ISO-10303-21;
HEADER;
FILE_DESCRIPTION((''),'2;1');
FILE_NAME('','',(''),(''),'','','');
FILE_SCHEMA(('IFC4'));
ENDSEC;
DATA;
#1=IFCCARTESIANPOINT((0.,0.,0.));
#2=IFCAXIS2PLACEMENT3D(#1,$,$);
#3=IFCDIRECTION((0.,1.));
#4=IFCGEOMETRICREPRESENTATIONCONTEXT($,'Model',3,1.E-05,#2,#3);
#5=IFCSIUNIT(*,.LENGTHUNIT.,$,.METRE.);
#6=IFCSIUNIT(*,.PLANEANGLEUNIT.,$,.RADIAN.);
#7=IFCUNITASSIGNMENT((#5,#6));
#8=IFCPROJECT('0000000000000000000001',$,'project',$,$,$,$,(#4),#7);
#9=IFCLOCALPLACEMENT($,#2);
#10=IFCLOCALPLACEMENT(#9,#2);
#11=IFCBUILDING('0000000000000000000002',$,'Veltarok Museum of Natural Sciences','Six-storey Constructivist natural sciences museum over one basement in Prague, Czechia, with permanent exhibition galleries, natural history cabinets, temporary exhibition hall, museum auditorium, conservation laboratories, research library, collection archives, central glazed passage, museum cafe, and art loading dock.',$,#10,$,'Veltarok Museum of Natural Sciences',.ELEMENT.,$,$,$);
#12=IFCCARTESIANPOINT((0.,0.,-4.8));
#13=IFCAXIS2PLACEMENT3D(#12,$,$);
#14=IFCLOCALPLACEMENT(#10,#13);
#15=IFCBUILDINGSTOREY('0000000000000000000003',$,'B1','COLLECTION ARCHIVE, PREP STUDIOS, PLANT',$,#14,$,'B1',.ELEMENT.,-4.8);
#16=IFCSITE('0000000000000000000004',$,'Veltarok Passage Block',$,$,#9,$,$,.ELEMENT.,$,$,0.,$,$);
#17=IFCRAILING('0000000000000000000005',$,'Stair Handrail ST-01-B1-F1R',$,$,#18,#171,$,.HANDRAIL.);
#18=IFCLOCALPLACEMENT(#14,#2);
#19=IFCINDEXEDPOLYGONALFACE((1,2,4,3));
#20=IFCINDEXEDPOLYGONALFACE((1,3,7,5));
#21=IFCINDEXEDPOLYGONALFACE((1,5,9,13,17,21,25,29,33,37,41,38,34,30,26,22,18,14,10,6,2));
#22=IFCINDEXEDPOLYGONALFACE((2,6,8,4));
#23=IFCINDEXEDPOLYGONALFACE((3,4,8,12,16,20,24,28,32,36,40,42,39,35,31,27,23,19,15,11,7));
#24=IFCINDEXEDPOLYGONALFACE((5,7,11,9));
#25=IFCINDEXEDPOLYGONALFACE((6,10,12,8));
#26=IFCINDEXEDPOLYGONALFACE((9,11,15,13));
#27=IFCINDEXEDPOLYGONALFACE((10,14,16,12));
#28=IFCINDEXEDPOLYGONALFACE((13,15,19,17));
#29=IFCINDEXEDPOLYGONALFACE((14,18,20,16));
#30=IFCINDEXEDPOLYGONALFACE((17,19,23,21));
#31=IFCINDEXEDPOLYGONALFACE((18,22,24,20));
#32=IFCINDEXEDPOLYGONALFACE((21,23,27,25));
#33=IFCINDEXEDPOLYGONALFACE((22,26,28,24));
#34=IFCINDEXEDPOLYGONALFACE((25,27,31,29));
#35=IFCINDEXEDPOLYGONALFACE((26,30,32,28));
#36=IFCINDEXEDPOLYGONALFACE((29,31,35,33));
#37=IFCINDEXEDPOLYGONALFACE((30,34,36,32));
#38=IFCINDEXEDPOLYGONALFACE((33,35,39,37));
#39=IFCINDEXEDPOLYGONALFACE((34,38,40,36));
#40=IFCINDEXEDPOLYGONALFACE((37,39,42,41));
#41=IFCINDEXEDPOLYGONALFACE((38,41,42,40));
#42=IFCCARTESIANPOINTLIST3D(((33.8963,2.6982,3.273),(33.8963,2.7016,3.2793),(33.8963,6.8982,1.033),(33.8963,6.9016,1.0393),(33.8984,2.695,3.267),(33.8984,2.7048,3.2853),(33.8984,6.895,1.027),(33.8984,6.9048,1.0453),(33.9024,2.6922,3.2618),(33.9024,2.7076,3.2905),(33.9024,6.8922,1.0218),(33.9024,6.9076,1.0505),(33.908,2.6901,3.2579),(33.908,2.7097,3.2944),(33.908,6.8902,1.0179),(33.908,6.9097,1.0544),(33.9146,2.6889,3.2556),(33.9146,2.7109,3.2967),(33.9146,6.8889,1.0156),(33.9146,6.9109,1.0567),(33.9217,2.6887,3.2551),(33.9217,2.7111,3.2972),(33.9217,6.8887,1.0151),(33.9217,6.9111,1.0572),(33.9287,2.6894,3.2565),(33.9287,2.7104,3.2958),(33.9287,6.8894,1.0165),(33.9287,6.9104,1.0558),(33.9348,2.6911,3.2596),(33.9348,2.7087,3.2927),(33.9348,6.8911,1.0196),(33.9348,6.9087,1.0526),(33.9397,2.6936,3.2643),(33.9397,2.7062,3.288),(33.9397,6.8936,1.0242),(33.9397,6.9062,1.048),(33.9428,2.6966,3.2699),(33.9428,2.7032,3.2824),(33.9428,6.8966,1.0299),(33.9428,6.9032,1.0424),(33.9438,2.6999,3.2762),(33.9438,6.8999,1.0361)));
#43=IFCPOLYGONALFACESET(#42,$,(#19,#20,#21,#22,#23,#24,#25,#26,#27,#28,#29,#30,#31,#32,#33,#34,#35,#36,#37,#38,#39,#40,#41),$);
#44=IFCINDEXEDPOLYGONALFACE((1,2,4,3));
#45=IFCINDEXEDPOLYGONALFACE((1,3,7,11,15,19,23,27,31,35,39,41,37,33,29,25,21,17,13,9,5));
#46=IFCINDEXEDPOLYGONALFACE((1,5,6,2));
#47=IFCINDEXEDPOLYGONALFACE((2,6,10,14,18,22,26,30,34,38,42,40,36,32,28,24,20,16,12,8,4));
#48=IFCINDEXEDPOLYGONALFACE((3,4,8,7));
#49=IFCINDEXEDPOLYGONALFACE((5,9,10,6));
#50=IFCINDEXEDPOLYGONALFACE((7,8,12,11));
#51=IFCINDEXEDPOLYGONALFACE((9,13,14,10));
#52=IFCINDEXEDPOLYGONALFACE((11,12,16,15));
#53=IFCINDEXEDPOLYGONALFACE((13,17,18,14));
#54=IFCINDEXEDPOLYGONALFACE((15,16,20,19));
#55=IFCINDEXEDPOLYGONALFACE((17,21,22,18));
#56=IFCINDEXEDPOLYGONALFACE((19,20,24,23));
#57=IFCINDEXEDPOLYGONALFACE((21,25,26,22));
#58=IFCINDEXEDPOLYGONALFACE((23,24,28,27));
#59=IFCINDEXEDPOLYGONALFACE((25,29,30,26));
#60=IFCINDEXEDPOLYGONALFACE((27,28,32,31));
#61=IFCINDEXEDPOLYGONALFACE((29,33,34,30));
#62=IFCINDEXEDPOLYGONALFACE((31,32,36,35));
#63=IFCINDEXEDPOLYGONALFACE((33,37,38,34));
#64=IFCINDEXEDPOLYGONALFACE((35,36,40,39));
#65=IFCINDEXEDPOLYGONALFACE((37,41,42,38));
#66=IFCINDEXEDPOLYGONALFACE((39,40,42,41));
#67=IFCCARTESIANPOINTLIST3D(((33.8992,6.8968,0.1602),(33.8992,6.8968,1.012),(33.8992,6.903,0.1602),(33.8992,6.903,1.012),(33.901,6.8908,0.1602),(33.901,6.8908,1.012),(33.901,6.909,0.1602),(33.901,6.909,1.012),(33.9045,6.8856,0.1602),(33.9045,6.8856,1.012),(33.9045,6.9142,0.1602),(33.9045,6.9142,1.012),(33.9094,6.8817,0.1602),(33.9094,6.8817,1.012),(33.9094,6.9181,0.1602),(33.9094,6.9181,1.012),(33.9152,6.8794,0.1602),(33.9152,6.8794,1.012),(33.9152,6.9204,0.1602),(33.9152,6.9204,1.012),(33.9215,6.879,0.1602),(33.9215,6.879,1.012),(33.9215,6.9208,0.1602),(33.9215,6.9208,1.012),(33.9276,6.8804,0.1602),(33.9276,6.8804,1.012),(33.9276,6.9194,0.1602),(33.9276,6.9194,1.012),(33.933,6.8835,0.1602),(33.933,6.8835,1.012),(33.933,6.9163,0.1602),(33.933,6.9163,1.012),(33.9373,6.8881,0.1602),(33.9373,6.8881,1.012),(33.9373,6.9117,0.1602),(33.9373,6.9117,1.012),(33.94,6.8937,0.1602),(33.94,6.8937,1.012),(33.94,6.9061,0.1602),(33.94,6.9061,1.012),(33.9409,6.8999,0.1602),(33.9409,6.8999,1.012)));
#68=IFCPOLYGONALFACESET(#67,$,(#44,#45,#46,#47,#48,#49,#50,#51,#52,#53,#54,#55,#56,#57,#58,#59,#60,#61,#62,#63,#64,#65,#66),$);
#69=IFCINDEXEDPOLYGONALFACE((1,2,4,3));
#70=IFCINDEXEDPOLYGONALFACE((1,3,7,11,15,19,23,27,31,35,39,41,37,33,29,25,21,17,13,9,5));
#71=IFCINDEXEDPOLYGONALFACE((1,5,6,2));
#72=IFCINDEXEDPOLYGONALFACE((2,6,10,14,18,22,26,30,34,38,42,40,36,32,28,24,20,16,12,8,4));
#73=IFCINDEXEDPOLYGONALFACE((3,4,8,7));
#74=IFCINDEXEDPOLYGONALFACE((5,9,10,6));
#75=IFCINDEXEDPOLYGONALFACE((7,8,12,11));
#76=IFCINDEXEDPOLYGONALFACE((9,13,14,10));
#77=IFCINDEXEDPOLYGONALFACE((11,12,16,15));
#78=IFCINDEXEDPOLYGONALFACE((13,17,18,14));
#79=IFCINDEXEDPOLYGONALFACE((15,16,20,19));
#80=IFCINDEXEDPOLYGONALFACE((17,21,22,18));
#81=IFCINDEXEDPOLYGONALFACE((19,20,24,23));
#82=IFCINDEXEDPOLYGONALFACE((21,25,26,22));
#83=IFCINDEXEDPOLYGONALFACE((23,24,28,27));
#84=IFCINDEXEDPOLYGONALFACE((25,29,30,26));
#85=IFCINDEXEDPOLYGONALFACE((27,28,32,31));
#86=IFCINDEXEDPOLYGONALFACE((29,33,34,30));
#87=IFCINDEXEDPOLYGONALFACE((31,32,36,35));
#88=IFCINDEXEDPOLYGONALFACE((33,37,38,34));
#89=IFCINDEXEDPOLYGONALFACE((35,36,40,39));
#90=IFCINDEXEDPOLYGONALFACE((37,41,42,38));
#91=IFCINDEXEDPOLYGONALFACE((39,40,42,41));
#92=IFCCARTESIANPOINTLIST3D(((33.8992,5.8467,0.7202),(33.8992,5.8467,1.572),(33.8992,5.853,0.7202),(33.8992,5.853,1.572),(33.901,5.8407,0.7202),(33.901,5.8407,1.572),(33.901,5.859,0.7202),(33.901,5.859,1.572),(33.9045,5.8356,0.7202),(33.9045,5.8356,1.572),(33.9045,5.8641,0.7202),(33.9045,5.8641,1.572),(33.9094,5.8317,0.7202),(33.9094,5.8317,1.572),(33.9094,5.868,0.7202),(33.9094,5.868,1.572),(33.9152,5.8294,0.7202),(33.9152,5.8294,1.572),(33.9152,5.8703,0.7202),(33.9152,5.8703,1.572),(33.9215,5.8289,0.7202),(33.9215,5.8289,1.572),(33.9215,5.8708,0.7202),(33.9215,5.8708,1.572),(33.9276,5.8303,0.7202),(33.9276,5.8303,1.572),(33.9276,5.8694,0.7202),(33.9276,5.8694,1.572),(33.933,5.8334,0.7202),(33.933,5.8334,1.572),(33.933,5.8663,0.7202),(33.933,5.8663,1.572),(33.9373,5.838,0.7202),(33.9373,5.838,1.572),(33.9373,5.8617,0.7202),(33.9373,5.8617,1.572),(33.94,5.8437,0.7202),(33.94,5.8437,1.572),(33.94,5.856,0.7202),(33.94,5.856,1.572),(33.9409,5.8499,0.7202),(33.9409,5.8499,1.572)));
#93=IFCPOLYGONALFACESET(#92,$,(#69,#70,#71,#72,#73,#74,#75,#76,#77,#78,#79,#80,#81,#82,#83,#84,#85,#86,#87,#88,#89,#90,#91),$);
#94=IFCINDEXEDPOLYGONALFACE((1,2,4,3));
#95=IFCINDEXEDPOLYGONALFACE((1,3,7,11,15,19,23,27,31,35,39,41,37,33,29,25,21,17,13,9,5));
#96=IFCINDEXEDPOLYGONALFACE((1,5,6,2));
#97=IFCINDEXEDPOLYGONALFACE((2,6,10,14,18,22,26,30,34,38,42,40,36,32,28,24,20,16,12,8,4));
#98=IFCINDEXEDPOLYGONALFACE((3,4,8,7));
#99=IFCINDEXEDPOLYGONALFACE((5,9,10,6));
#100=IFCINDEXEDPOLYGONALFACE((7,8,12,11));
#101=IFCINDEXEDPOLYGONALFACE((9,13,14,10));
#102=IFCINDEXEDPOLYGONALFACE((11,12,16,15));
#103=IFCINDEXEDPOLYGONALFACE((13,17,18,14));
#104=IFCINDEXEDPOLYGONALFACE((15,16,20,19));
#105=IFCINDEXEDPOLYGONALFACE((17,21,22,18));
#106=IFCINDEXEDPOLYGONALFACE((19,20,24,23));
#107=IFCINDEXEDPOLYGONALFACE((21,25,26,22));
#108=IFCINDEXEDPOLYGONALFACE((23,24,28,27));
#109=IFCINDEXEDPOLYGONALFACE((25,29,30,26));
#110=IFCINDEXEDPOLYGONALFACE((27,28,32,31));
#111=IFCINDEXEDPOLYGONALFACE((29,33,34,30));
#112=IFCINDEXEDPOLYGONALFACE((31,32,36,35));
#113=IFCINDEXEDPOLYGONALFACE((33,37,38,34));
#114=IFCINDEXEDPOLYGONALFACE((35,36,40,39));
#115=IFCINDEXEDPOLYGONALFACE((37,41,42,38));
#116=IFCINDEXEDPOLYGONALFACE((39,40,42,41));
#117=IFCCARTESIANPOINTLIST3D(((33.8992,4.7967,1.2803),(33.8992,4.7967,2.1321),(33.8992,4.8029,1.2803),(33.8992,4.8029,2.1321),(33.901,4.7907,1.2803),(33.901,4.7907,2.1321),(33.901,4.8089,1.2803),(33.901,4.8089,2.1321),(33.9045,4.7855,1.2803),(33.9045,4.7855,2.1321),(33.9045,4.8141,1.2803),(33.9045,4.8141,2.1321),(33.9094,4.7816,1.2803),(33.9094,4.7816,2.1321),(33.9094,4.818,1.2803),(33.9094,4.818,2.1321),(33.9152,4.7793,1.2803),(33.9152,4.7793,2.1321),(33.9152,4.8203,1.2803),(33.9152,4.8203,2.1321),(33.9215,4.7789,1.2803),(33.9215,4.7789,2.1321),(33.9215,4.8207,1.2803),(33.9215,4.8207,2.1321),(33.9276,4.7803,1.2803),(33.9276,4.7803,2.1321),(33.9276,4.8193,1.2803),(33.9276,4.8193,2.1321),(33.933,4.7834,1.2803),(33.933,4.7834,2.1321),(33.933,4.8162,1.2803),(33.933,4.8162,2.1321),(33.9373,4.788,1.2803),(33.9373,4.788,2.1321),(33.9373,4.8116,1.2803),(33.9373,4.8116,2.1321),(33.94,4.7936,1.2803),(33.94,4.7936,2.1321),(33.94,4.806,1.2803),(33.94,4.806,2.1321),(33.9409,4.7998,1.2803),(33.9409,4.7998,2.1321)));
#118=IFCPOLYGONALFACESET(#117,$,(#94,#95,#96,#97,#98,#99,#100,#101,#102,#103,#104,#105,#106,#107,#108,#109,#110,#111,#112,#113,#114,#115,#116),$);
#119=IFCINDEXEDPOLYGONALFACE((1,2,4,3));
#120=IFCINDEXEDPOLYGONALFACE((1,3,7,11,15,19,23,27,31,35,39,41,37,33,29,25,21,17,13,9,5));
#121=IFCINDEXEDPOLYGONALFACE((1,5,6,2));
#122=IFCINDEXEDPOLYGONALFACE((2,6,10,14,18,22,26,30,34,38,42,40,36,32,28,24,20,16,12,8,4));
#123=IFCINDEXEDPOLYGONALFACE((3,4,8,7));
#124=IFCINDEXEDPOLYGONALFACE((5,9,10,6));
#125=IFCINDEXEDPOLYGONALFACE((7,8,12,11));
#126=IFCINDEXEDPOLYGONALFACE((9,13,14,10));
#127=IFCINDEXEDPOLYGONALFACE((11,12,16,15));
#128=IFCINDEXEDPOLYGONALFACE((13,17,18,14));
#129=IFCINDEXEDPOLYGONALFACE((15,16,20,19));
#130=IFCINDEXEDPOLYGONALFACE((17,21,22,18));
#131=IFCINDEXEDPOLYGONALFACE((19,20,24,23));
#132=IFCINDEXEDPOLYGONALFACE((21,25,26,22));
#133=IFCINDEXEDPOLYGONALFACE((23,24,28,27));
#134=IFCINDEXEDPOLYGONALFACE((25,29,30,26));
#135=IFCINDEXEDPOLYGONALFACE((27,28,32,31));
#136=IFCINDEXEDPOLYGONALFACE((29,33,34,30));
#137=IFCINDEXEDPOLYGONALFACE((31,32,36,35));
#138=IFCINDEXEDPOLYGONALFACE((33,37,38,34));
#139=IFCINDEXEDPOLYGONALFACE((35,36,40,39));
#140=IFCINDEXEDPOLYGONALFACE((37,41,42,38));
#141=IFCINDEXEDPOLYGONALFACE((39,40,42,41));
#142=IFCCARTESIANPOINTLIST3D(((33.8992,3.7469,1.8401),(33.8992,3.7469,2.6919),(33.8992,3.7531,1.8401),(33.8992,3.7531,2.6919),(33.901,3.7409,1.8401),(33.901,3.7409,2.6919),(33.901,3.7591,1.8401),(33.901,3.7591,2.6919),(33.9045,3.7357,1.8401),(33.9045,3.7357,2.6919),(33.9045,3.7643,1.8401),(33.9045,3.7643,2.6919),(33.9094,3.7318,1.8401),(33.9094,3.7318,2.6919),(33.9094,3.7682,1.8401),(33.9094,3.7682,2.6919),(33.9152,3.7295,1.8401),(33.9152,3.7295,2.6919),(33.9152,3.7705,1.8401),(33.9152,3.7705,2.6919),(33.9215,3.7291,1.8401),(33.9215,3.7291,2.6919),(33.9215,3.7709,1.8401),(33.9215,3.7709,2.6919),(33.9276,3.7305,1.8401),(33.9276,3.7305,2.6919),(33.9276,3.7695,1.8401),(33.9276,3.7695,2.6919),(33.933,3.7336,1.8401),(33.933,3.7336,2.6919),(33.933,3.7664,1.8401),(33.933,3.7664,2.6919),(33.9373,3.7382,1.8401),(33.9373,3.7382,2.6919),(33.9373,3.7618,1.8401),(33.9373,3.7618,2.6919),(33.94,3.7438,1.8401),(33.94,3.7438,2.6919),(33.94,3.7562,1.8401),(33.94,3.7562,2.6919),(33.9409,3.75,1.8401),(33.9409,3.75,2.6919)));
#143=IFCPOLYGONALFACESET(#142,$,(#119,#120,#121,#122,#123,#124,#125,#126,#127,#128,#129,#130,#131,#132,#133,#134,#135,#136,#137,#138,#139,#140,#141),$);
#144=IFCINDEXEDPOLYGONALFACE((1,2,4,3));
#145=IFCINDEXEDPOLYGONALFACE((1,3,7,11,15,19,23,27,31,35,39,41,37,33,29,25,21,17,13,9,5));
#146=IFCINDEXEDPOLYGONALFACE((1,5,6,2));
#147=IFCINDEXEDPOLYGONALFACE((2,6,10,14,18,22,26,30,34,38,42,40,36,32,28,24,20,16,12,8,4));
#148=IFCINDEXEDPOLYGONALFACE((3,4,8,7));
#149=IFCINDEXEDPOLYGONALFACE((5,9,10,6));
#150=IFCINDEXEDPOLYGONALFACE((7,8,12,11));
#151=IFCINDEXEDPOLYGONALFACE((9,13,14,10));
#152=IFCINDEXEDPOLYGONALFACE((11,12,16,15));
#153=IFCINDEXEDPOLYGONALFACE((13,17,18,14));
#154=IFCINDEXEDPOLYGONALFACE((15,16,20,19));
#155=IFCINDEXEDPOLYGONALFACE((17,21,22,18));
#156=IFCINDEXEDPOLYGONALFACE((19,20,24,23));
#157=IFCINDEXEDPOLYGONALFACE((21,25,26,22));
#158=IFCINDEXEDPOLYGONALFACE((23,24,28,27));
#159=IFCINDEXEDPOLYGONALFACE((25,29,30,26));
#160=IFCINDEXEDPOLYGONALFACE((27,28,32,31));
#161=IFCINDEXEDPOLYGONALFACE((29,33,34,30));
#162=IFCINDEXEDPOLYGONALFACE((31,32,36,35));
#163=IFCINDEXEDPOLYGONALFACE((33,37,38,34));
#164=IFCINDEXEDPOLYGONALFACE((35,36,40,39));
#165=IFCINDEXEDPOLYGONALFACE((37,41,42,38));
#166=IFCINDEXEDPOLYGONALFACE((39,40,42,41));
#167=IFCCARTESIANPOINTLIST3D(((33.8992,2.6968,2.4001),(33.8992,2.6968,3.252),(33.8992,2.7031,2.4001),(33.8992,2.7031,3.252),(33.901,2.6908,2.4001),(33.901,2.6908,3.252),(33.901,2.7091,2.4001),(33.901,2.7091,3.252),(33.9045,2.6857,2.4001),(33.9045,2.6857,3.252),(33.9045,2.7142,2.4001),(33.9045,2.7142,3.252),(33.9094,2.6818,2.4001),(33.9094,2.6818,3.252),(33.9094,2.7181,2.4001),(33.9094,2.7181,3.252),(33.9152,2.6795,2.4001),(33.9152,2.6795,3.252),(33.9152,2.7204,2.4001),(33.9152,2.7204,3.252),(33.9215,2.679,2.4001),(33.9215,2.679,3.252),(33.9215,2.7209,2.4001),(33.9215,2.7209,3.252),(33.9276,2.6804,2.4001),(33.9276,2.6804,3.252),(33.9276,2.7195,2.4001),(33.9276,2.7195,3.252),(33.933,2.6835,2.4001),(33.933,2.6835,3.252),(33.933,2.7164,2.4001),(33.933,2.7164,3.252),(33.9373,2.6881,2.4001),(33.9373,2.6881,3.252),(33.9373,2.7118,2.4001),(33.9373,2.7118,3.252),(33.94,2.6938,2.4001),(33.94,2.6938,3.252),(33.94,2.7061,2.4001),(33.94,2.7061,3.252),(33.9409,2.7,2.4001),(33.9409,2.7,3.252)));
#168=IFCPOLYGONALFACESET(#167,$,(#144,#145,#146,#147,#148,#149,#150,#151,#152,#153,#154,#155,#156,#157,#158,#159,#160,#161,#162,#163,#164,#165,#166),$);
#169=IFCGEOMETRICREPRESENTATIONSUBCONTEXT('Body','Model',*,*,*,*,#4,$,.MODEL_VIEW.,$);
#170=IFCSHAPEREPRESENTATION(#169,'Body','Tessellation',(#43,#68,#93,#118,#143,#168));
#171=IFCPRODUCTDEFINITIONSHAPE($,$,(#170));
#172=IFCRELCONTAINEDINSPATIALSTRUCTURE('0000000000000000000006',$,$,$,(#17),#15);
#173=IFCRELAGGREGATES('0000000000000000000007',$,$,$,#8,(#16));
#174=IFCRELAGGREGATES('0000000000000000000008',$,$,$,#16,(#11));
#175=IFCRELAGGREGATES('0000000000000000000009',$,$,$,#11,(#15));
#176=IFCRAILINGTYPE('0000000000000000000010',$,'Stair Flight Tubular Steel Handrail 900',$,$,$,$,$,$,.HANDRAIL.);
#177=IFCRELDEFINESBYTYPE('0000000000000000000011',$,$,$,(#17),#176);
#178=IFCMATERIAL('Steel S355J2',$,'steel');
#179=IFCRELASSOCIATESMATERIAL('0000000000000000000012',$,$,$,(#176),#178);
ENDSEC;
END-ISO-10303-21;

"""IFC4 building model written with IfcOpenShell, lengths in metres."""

from ifc_helpers import new_model, si_unit, direction, frame, origin, origin_2d, place, context, subcontext, project, spatial, circle, extrude, material, type_object, element, save


model = new_model("IFC4")

# Units and contexts
model_context = context("Model", 3, precision=1e-05, world=origin(), true_north=direction((0.0, 1.0)))
body_context = subcontext(model_context, "Body", "Model", "MODEL_VIEW")
ifc_project = project(units=[si_unit("LENGTHUNIT", "METRE"), si_unit("PLANEANGLEUNIT", "RADIAN")], contexts=[model_context])

# Site, building, storey
site_placement = place(None, origin())
site = spatial("IfcSite", under=ifc_project, at=site_placement, Name="Veltarok Passage Block", CompositionType="ELEMENT", RefElevation=0.0)
building_placement = place(site_placement, origin())
building = spatial("IfcBuilding", under=site, at=building_placement, Name="Veltarok Museum of Natural Sciences", Description="Six-storey Constructivist natural sciences museum over one basement in Prague, Czechia, with permanent exhibition galleries, natural history cabinets, temporary exhibition hall, museum auditorium, conservation laboratories, research library, collection archives, central glazed passage, museum cafe, and art loading dock.", LongName="Veltarok Museum of Natural Sciences", CompositionType="ELEMENT")
storey_placement = place(building_placement, frame((0.0, 0.0, -4.8)))
storey = spatial("IfcBuildingStorey", under=building, at=storey_placement, Name="B1", Description="COLLECTION ARCHIVE, PREP STUDIOS, PLANT", LongName="B1", CompositionType="ELEMENT", Elevation=-4.8)

# Shared definitions
ifc_material_1 = material(Name="Steel S355J2", Category="steel")

# Railing
railing_type = type_object("IfcRailingType", Name="Stair Flight Tubular Steel Handrail 900", PredefinedType="HANDRAIL", material=ifc_material_1)
for number, where, name in (
    (1, (33.9199, 6.8999, 0.1602), "Stair Handrail ST-01-B1-F1R"),
):
    element("IfcRailing", number, at=place(storey_placement, frame(where)), inside=storey, type_object=railing_type, Name=name, PredefinedType="HANDRAIL", context=body_context, shape_type="SweptSolid", body=[
        extrude(circle(Radius=0.0239, at=origin_2d()), frame((0.0, 0.0, 0.876), z_axis=(0.0, -0.882352, 0.470591), x_axis=(1.0, 0.0, 0.0)), (0.0, 0.0, 1.0), 4.76),
        extrude(circle(Radius=0.021, at=origin_2d()), origin(), (0.0, 0.0, 1.0), 0.8518),
        extrude(circle(Radius=0.021, at=origin_2d()), frame((0.0, -1.05, 0.5601)), (0.0, 0.0, 1.0), 0.8518),
        extrude(circle(Radius=0.021, at=origin_2d()), frame((0.0, -2.1001, 1.1201)), (0.0, 0.0, 1.0), 0.8518),
        extrude(circle(Radius=0.021, at=origin_2d()), frame((0.0, -3.1499, 1.6799)), (0.0, 0.0, 1.0), 0.8518),
        extrude(circle(Radius=0.021, at=origin_2d()), frame((0.0, -4.2, 2.24)), (0.0, 0.0, 1.0), 0.8518),
    ])

save(model, "model.ifc")
